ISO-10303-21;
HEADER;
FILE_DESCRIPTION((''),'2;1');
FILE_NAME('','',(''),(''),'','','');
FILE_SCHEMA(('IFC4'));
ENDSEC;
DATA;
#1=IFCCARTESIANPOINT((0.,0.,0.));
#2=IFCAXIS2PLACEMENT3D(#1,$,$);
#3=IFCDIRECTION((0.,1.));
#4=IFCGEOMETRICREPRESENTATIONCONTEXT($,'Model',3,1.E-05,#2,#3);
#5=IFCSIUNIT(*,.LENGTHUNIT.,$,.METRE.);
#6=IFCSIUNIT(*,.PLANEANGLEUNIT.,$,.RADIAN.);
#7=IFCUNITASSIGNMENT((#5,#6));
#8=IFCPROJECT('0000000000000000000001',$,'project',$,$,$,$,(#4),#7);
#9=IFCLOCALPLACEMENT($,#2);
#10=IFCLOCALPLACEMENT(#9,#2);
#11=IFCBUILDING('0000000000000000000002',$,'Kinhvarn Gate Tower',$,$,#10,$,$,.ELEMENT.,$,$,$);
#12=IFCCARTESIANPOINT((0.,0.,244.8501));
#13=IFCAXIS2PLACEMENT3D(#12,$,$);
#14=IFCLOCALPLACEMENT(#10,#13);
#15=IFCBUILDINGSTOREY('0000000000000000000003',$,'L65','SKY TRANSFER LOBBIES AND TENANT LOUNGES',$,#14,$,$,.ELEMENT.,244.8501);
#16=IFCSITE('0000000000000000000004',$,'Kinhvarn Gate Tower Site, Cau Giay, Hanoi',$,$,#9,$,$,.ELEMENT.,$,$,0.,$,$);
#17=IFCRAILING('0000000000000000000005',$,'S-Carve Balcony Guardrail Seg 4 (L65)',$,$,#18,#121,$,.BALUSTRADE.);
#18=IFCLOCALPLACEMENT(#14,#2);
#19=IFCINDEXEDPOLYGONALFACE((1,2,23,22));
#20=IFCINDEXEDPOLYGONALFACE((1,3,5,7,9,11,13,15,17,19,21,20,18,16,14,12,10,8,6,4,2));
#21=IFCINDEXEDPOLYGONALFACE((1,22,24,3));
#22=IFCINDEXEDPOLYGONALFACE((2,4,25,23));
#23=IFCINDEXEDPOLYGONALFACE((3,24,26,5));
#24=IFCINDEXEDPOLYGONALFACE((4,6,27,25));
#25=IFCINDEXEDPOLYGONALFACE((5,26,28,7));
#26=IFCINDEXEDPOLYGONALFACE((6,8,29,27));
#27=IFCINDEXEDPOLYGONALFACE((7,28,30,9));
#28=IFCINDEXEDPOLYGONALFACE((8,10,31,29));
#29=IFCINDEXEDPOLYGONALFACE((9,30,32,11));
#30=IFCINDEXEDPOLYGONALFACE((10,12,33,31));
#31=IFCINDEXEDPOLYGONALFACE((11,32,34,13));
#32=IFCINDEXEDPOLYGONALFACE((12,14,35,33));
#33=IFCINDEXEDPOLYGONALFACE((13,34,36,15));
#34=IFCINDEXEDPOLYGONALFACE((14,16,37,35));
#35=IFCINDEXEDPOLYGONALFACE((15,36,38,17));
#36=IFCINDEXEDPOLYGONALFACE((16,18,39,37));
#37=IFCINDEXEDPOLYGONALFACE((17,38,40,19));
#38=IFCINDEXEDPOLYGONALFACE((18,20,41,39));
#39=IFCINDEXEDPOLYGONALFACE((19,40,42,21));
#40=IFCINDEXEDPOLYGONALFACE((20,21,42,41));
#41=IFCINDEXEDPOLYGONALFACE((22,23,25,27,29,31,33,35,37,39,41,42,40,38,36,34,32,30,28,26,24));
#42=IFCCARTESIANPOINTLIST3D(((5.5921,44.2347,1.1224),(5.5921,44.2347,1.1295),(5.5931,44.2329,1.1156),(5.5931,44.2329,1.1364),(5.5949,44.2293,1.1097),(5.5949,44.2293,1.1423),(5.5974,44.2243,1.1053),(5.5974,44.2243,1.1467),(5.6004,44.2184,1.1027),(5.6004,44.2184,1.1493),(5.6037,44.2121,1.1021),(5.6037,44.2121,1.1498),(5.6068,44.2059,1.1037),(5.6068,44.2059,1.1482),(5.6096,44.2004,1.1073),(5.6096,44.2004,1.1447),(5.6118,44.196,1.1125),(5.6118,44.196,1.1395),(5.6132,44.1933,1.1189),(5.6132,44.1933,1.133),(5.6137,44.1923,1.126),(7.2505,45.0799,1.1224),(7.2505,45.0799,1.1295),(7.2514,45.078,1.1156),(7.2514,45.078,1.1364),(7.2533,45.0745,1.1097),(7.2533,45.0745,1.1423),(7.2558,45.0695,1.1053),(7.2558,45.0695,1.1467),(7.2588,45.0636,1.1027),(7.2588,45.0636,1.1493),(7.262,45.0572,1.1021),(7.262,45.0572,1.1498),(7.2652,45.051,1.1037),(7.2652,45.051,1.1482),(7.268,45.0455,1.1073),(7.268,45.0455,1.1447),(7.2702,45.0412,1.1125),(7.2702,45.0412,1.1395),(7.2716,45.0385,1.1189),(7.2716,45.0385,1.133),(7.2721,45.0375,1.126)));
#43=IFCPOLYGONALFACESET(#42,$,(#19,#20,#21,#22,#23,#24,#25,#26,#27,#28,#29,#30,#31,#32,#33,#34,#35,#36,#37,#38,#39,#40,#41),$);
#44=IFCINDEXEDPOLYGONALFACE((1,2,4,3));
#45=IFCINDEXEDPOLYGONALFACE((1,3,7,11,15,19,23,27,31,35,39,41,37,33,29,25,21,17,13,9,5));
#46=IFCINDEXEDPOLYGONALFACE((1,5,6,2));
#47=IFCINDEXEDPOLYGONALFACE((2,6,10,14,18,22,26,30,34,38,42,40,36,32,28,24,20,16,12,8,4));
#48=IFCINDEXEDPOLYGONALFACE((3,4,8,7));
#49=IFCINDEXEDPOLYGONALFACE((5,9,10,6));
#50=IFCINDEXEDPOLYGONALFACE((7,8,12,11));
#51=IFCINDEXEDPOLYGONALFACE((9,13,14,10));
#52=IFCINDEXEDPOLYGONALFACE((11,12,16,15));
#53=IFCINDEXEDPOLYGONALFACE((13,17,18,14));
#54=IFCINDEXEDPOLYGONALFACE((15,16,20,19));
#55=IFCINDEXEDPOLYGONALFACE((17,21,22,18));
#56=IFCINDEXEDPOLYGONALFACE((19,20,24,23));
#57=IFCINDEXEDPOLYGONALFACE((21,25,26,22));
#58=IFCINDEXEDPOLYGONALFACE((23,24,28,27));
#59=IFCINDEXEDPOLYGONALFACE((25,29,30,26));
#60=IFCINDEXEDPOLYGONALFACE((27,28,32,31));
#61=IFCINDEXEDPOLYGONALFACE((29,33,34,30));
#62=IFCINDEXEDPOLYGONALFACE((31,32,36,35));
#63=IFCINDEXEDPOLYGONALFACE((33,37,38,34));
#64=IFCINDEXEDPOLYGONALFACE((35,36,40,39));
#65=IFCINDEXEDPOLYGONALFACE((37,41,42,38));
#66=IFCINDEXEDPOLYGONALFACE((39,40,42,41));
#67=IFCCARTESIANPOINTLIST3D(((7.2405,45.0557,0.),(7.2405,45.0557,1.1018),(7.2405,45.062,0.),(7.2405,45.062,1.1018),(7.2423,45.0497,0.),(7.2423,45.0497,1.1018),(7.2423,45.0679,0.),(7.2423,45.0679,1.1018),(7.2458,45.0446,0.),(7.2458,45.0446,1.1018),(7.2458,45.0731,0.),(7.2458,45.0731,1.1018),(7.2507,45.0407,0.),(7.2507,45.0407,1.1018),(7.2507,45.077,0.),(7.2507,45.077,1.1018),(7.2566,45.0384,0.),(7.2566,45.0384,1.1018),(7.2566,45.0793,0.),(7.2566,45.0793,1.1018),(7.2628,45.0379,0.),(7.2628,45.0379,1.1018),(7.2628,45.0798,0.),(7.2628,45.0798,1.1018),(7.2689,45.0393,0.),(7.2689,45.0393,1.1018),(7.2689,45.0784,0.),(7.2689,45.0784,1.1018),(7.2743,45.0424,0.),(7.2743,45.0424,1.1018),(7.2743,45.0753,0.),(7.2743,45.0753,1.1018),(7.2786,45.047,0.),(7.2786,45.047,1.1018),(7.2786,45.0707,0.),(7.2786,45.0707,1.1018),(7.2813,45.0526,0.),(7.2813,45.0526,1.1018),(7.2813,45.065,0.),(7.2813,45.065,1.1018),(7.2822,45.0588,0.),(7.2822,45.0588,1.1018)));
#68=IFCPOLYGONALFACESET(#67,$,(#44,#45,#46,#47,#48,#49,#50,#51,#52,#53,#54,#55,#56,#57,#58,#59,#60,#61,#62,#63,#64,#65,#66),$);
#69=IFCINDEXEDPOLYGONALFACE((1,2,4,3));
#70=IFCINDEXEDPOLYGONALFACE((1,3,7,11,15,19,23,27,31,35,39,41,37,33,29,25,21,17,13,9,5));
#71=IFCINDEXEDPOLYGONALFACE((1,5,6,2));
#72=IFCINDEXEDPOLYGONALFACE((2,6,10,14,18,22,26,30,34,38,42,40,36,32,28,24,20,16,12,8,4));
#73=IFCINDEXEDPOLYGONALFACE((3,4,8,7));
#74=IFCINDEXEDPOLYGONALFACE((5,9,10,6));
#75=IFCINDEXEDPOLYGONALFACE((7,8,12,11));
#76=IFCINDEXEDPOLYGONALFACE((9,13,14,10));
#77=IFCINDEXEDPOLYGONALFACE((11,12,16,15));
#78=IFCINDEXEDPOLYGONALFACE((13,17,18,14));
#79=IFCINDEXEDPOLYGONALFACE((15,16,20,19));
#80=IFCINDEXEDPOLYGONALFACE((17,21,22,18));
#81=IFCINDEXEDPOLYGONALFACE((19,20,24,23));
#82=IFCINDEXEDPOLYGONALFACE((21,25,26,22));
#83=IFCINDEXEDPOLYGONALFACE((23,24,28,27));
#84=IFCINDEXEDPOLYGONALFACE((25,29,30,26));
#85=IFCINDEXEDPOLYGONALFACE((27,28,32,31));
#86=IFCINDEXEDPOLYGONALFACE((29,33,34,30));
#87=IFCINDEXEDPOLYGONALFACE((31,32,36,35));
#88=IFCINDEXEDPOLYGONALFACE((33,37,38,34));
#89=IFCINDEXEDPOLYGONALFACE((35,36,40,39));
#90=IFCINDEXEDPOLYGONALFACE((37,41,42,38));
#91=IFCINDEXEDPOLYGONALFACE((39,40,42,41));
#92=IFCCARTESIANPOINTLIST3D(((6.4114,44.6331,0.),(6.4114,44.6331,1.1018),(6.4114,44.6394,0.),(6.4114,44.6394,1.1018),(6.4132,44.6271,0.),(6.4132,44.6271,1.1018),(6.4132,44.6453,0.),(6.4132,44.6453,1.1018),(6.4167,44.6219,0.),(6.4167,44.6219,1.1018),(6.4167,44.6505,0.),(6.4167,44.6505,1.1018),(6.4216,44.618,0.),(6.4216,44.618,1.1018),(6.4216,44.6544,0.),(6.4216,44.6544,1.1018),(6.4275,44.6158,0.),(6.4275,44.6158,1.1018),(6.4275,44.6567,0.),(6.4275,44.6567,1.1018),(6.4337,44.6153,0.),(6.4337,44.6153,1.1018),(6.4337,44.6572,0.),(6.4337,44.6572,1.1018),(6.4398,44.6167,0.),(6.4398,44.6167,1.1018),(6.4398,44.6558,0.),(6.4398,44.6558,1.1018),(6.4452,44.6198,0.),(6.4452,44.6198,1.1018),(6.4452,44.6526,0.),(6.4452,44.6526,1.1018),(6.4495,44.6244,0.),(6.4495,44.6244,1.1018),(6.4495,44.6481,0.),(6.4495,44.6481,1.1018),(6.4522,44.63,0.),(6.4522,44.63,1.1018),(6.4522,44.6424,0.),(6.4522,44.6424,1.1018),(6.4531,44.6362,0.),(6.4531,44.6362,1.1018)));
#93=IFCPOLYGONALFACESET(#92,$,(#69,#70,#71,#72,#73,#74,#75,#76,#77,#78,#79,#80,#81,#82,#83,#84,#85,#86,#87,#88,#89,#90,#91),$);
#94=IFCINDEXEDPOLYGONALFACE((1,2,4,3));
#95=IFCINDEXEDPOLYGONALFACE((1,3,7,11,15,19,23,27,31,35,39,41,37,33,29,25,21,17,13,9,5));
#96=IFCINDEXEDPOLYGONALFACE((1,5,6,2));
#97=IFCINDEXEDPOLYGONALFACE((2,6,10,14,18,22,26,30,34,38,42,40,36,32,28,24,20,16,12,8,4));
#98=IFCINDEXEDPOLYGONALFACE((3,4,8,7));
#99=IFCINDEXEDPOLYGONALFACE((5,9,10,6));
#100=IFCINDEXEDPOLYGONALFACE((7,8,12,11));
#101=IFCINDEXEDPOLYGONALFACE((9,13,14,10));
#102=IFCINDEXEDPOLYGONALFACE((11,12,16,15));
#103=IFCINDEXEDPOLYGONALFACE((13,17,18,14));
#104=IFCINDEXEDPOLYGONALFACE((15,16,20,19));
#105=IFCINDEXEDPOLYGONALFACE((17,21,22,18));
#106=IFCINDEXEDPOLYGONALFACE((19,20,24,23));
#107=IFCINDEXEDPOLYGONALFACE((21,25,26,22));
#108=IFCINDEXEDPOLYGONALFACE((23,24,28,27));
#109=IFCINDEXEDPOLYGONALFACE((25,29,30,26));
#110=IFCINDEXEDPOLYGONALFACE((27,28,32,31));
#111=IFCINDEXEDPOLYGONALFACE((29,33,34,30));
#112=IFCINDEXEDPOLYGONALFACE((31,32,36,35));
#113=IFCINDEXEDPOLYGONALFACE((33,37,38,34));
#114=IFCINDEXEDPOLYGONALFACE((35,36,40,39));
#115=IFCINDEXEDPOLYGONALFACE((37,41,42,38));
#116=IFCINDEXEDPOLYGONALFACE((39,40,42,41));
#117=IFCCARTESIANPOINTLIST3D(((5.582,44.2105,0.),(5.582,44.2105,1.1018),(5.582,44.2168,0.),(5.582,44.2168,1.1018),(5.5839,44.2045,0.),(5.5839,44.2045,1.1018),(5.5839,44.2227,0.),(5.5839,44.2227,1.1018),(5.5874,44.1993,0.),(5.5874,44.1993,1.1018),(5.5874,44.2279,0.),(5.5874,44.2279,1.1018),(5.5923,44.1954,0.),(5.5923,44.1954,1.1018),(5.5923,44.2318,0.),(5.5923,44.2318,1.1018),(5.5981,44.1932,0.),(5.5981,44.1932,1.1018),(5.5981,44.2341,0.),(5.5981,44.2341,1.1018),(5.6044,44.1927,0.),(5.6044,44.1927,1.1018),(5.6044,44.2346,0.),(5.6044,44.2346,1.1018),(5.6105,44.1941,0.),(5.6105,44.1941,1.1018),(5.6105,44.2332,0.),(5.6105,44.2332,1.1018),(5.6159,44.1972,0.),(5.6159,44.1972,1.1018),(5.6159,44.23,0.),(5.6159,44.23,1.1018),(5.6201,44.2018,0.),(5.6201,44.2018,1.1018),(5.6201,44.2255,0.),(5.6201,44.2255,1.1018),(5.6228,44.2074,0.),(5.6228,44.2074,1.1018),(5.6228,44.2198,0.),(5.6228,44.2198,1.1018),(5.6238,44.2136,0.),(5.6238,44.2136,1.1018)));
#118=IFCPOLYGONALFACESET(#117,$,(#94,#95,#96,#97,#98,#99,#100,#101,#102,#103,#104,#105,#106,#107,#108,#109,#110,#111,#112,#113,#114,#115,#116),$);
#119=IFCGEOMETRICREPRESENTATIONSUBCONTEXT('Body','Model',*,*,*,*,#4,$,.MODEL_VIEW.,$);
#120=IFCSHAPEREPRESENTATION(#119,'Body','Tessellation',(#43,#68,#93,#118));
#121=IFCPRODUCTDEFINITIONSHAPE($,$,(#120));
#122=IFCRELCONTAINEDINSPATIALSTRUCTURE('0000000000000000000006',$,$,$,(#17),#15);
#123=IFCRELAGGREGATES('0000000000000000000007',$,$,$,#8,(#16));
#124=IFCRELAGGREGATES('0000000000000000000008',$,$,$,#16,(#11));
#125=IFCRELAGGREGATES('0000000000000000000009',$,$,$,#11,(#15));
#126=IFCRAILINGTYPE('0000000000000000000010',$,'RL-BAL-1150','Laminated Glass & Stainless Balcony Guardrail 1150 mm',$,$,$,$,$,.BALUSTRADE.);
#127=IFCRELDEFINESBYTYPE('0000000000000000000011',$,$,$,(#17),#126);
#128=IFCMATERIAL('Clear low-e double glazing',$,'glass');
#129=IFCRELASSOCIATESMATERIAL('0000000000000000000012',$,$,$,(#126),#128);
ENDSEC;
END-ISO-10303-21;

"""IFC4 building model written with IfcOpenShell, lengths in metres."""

from ifc_helpers import new_model, si_unit, direction, frame, origin, origin_2d, place, context, subcontext, project, spatial, circle, extrude, material, type_object, element, save


model = new_model("IFC4")

# Units and contexts
model_context = context("Model", 3, precision=1e-05, world=origin(), true_north=direction((0.0, 1.0)))
body_context = subcontext(model_context, "Body", "Model", "MODEL_VIEW")
ifc_project = project(units=[si_unit("LENGTHUNIT", "METRE"), si_unit("PLANEANGLEUNIT", "RADIAN")], contexts=[model_context])

# Site, building, storey
site_placement = place(None, origin())
site = spatial("IfcSite", under=ifc_project, at=site_placement, Name="Kinhvarn Gate Tower Site, Cau Giay, Hanoi", CompositionType="ELEMENT", RefElevation=0.0)
building_placement = place(site_placement, origin())
building = spatial("IfcBuilding", under=site, at=building_placement, Name="Kinhvarn Gate Tower", CompositionType="ELEMENT")
storey_placement = place(building_placement, frame((0.0, 0.0, 244.8501)))
storey = spatial("IfcBuildingStorey", under=building, at=storey_placement, Name="L65", Description="SKY TRANSFER LOBBIES AND TENANT LOUNGES", CompositionType="ELEMENT", Elevation=244.8501)

# Shared definitions
ifc_material_1 = material(Name="Clear low-e double glazing", Category="glass")

# Railing
railing_type_1 = type_object("IfcRailingType", Name="RL-BAL-1150", Description="Laminated Glass & Stainless Balcony Guardrail 1150 mm", PredefinedType="BALUSTRADE", material=ifc_material_1)
railing_1_placement = place(storey_placement, frame((7.2612, 45.0588, 0.0)))
element("IfcRailing", 1, at=railing_1_placement, inside=storey, type_object=railing_type_1, Name="S-Carve Balcony Guardrail Seg 4 (L65)", PredefinedType="BALUSTRADE", context=body_context, shape_type="SweptSolid", body=[
    extrude(circle(Radius=0.0239, at=origin_2d()), frame((0.0, 0.0, 1.126), z_axis=(-0.890964, -0.454073, 0.0), x_axis=(0.454073, -0.890964, 0.0)), (0.0, 0.0, 1.0), 1.8613),
    extrude(circle(Radius=0.021, at=origin_2d()), origin(), (0.0, 0.0, 1.0), 1.1018),
    extrude(circle(Radius=0.021, at=origin_2d()), frame((-0.8291, -0.4226, 0.0)), (0.0, 0.0, 1.0), 1.1018),
    extrude(circle(Radius=0.021, at=origin_2d()), frame((-1.6584, -0.8452, 0.0)), (0.0, 0.0, 1.0), 1.1018),
])

save(model, "model.ifc")
